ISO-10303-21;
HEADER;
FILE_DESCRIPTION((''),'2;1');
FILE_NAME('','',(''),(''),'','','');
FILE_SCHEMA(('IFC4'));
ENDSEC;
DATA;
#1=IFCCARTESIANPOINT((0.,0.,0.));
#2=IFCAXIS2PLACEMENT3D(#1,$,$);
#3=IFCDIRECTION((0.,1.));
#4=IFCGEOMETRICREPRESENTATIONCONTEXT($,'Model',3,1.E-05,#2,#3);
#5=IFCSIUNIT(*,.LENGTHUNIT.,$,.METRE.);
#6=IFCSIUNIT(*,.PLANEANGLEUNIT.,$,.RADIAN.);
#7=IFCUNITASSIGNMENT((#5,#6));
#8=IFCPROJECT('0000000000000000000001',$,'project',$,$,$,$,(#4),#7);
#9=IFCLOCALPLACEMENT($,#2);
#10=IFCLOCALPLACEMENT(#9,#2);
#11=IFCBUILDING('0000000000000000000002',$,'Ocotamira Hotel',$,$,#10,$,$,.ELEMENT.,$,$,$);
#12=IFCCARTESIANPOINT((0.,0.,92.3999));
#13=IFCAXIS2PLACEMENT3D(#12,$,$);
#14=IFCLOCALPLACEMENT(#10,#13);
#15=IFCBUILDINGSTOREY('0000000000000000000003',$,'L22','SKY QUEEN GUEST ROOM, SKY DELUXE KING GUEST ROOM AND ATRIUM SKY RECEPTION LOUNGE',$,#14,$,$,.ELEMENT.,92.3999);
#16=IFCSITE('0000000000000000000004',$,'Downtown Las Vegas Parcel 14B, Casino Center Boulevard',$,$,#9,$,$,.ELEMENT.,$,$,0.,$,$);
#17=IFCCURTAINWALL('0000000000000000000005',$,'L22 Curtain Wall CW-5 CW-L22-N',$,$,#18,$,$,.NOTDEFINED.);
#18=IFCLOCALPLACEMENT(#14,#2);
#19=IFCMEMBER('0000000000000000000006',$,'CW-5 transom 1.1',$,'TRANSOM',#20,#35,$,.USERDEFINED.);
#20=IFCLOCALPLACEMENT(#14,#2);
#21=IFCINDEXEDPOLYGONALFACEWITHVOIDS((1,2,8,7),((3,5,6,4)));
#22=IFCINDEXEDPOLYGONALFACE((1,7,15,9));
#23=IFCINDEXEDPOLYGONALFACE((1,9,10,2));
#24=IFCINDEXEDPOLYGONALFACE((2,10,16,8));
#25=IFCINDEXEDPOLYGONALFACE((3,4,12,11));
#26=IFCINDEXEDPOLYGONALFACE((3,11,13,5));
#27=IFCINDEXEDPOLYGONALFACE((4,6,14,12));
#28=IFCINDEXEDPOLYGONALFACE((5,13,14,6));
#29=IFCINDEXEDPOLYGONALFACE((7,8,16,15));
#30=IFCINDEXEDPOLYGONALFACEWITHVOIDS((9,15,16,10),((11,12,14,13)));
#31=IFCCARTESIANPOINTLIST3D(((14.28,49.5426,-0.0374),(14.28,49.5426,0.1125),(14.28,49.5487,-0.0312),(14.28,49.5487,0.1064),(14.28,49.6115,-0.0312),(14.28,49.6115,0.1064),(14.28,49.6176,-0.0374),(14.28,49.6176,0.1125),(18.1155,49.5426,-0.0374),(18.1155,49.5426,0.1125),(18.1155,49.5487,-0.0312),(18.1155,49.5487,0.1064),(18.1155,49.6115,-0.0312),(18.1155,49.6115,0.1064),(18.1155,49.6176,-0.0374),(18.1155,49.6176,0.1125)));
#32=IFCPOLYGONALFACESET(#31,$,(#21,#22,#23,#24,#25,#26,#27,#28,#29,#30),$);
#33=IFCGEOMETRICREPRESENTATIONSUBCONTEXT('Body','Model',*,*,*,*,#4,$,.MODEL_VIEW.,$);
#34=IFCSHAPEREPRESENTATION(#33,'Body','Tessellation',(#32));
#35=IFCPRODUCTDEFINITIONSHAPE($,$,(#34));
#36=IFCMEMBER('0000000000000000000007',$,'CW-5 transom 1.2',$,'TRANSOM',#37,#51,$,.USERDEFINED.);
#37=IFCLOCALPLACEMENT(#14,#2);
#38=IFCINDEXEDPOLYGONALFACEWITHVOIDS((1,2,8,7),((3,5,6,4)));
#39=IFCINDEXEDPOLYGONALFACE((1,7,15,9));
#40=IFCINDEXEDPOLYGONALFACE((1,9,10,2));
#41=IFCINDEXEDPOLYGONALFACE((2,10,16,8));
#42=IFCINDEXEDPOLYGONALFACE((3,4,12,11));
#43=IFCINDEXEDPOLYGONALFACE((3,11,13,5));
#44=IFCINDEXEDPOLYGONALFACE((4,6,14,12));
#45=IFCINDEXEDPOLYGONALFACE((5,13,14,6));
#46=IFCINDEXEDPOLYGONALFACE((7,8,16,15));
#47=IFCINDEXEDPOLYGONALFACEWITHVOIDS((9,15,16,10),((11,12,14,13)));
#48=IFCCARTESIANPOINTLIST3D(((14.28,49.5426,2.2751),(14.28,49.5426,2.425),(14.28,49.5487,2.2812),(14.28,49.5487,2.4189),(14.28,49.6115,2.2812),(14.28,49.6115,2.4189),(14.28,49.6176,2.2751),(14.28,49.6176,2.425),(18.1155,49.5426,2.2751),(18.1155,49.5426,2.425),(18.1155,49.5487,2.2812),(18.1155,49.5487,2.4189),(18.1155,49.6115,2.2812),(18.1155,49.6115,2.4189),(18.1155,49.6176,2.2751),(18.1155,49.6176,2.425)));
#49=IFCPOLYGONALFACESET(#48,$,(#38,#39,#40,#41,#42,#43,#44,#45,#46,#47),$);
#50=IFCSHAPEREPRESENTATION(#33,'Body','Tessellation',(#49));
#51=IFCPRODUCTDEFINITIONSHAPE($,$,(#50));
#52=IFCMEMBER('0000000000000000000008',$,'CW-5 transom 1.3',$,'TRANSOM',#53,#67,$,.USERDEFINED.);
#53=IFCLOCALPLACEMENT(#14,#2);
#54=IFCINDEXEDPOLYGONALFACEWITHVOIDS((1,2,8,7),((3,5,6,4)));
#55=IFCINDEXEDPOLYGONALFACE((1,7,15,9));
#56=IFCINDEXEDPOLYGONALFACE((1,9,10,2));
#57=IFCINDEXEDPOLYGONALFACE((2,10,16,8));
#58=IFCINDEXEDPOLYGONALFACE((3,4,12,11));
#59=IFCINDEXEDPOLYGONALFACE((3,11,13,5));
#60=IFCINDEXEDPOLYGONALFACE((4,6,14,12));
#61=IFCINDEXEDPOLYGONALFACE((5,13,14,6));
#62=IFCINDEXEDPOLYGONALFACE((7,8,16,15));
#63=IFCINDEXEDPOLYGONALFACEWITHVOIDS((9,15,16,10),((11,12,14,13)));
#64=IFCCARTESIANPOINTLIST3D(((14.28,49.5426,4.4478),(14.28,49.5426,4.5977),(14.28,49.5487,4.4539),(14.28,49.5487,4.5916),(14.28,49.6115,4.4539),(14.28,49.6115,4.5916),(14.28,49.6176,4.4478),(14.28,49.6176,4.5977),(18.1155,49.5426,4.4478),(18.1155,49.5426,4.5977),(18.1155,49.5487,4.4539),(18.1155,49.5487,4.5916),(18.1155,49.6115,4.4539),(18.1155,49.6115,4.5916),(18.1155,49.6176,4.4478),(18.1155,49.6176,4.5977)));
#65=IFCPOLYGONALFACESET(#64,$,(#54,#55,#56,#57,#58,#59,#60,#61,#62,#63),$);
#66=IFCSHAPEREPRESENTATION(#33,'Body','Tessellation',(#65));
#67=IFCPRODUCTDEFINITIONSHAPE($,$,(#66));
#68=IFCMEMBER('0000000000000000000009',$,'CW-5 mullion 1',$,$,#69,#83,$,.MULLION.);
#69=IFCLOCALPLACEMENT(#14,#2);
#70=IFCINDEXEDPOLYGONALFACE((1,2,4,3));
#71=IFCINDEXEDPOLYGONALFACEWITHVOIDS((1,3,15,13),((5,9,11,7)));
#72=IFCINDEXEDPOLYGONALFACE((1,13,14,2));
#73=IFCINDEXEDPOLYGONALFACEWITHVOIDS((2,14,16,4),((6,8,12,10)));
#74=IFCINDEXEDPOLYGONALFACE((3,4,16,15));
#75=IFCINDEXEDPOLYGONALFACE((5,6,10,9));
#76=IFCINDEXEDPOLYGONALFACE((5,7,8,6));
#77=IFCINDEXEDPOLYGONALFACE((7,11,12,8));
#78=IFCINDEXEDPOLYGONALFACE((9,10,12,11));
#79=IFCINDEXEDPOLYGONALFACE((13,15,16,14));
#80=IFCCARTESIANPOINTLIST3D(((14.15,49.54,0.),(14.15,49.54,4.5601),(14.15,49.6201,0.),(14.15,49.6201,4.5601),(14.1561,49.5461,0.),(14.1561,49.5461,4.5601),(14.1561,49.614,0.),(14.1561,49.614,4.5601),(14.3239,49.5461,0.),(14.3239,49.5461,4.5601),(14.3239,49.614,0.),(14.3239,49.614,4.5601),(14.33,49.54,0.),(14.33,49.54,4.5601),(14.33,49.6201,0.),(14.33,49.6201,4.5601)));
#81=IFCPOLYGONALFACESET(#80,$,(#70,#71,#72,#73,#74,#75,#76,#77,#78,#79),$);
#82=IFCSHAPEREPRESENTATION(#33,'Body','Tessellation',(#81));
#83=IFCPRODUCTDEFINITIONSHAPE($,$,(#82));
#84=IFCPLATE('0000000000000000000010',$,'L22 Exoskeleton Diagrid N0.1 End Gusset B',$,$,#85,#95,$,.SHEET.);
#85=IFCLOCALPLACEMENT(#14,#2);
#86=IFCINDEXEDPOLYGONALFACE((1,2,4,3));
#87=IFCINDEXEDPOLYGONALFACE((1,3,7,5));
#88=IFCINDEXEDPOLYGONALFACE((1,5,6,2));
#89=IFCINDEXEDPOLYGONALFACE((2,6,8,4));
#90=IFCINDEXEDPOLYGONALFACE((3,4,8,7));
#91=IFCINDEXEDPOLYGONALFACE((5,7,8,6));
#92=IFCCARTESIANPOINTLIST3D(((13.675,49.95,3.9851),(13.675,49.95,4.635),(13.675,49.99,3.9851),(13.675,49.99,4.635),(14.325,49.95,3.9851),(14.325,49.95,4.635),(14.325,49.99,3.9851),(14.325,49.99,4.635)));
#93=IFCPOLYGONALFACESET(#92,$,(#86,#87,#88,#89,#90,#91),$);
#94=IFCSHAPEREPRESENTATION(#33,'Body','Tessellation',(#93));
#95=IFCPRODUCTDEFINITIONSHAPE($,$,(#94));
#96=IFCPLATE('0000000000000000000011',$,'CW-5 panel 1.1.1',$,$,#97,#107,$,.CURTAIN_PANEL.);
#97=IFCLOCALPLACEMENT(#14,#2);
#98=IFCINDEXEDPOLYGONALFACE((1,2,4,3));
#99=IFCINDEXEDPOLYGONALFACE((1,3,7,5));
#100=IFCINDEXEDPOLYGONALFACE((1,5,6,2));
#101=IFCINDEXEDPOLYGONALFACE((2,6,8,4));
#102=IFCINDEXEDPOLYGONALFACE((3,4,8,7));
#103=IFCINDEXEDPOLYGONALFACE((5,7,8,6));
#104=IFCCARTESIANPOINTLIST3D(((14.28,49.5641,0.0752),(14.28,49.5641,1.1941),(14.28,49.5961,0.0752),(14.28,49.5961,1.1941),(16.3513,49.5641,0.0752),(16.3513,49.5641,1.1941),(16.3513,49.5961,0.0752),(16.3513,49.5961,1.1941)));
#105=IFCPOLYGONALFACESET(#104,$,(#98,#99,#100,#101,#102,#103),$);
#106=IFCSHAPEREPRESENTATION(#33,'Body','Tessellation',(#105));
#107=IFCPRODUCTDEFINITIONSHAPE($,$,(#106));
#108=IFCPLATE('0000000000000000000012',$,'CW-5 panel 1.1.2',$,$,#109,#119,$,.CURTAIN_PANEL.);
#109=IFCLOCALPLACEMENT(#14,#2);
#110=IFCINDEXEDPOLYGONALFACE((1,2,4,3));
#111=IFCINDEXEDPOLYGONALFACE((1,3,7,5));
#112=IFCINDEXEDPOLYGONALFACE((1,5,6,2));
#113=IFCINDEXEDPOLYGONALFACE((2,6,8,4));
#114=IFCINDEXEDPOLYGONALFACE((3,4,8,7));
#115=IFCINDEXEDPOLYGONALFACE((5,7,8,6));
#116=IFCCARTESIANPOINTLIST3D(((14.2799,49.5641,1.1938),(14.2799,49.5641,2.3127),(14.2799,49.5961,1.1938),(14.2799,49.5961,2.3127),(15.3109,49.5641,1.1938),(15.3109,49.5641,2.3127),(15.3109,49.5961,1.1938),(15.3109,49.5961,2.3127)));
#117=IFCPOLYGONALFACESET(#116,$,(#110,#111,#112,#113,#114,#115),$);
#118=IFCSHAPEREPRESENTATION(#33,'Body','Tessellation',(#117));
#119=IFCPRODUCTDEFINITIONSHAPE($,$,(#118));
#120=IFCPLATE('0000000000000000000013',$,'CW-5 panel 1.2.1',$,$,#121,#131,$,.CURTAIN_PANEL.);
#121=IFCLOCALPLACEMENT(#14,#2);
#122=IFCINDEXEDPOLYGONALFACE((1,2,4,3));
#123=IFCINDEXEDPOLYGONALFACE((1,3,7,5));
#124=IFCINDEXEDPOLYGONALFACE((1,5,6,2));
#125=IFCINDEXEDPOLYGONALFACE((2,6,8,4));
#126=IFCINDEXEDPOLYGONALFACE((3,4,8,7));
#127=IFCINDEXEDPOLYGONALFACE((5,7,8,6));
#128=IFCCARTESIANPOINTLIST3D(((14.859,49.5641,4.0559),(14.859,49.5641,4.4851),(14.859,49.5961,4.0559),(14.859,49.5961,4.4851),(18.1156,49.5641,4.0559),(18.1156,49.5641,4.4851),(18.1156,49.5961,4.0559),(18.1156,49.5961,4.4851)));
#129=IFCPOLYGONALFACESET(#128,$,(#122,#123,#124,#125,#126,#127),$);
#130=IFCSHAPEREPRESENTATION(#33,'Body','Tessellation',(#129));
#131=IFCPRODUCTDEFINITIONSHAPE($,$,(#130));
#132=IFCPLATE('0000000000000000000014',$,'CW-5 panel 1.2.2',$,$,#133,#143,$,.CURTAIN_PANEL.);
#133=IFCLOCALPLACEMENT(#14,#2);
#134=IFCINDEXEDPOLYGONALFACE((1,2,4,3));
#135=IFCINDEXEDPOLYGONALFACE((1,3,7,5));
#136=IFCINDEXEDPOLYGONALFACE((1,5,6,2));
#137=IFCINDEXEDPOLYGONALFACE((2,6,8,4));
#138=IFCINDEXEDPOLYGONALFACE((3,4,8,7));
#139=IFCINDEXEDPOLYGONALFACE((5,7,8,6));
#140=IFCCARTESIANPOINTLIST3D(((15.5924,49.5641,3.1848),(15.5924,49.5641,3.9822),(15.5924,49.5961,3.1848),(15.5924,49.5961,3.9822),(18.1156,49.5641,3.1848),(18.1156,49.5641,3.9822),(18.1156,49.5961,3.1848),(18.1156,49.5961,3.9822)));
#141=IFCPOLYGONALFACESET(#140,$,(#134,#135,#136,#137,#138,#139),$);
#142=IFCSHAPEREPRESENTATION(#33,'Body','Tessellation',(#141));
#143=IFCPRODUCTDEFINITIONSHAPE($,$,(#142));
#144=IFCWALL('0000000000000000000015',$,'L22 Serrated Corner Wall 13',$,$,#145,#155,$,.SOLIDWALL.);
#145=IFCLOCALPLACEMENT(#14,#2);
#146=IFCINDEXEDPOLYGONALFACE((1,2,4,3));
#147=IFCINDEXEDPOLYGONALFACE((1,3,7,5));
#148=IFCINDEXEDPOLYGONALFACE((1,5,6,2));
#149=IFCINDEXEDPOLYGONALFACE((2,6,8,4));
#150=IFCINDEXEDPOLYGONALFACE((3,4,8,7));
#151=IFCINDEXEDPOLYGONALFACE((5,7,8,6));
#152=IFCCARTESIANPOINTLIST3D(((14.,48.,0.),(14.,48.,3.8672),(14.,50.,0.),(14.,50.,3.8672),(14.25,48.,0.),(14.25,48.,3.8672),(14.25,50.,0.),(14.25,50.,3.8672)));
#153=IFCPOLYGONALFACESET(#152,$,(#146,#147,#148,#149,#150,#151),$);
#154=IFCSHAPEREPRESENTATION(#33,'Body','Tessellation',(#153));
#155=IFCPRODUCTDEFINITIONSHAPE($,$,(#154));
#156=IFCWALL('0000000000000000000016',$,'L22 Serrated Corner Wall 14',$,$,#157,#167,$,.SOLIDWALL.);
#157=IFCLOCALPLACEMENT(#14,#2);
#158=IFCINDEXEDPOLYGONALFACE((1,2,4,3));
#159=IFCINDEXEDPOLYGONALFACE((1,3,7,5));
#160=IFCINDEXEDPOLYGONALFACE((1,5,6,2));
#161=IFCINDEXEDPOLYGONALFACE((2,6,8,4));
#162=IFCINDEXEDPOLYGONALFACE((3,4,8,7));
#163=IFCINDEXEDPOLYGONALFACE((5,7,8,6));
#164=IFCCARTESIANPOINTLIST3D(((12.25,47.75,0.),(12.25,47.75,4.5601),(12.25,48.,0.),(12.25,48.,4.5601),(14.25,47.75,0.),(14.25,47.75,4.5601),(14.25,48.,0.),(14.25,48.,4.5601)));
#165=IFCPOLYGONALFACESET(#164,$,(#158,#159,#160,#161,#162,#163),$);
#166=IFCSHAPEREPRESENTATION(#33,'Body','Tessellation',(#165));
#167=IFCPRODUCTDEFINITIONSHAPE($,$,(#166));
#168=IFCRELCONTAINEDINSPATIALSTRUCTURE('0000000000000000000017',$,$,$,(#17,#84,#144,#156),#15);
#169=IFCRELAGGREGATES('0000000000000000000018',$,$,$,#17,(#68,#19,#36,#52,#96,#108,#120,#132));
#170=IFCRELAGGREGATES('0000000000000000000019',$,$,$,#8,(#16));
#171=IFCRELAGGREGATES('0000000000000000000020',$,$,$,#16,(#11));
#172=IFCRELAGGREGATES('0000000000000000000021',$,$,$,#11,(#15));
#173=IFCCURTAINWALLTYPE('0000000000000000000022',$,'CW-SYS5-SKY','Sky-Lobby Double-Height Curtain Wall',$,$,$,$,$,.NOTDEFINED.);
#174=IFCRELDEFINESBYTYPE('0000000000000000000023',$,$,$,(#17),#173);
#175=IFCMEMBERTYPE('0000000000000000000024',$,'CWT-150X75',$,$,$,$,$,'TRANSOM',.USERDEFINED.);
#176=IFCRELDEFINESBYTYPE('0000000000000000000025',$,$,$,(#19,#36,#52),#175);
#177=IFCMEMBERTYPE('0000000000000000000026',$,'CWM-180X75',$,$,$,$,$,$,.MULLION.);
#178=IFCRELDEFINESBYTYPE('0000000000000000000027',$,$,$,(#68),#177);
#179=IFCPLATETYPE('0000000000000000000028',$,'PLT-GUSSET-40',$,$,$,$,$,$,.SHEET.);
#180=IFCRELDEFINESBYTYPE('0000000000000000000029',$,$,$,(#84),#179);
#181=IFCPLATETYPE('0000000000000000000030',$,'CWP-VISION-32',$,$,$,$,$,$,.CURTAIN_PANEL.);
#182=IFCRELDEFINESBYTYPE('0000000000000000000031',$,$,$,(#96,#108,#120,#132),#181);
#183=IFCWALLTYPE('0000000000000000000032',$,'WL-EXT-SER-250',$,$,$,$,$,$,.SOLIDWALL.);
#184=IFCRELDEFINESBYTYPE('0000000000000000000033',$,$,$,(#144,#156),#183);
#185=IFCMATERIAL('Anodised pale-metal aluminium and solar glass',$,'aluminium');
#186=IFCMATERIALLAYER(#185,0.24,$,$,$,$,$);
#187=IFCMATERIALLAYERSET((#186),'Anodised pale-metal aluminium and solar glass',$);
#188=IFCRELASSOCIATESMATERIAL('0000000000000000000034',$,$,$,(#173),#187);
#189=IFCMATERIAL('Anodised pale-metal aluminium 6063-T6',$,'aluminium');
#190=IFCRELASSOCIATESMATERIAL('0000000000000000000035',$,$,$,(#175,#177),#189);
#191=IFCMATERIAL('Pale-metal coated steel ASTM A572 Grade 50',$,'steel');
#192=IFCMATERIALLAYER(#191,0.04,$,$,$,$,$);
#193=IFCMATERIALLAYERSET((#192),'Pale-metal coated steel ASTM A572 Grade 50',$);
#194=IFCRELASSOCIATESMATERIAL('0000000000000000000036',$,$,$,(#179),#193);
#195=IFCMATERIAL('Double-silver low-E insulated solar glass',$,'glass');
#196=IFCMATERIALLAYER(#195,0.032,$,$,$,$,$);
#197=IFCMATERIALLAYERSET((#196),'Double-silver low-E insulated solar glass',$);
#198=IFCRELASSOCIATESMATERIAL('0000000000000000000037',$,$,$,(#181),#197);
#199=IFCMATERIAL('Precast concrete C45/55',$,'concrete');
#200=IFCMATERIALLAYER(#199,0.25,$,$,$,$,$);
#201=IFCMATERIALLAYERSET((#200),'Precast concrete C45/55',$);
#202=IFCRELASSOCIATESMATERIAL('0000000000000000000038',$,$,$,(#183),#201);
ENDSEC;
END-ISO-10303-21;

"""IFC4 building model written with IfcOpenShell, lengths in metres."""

from ifc_helpers import new_model, si_unit, direction, frame, frame_2d, origin, origin_2d, place, context, subcontext, project, spatial, rectangle, hollow_rectangle, extrude, source, transform, mapped, material, layer, layer_set, material_profile, profile_set, type_object, element, aggregate, save


model = new_model("IFC4")

# Units and contexts
model_context = context("Model", 3, precision=1e-05, world=origin(), true_north=direction((0.0, 1.0)))
body_context = subcontext(model_context, "Body", "Model", "MODEL_VIEW")
ifc_project = project(units=[si_unit("LENGTHUNIT", "METRE"), si_unit("PLANEANGLEUNIT", "RADIAN")], contexts=[model_context])

# Site, building, storey
site_placement = place(None, origin())
site = spatial("IfcSite", under=ifc_project, at=site_placement, Name="Downtown Las Vegas Parcel 14B, Casino Center Boulevard", CompositionType="ELEMENT", RefElevation=0.0)
building_placement = place(site_placement, origin())
building = spatial("IfcBuilding", under=site, at=building_placement, Name="Ocotamira Hotel", CompositionType="ELEMENT")
storey_placement = place(building_placement, frame((0.0, 0.0, 92.3999)))
storey = spatial("IfcBuildingStorey", under=building, at=storey_placement, Name="L22", Description="SKY QUEEN GUEST ROOM, SKY DELUXE KING GUEST ROOM AND ATRIUM SKY RECEPTION LOUNGE", CompositionType="ELEMENT", Elevation=92.3999)

# Curtain wall, members
ifc_material_1 = material(Name="Anodised pale-metal aluminium and solar glass", Category="aluminium")
ifc_layer_1 = layer(ifc_material_1, 0.24)
ifc_layer_set_1 = layer_set([ifc_layer_1], Name="Anodised pale-metal aluminium and solar glass")
curtain_wall_type = type_object("IfcCurtainWallType", Name="CW-SYS5-SKY", Description="Sky-Lobby Double-Height Curtain Wall", PredefinedType="NOTDEFINED", material=ifc_layer_set_1)
curtain_wall_placement = place(storey_placement, origin())
curtain_wall = element("IfcCurtainWall", 1, at=curtain_wall_placement, inside=storey, type_object=curtain_wall_type, Name="L22 Curtain Wall CW-5 CW-L22-N", PredefinedType="NOTDEFINED")
ifc_material_2 = material(Name="Anodised pale-metal aluminium 6063-T6", Category="aluminium")
ifc_material_profile_1 = material_profile(ifc_material_2, hollow_rectangle(XDim=0.075, YDim=0.1499, WallThickness=0.0061, at=origin_2d()), Name="HSS150X75X6")
ifc_profile_set_1 = profile_set([ifc_material_profile_1], Name="Anodised pale-metal aluminium 6063-T6")
member_type_1 = type_object("IfcMemberType", Name="CWT-150X75", ElementType="TRANSOM", PredefinedType="USERDEFINED", material=ifc_profile_set_1)
shared_shape_1 = source(origin(), body_context, "Body", "SweptSolid", [
    extrude(hollow_rectangle(XDim=0.075, YDim=0.1499, WallThickness=0.0061, at=origin_2d()), origin(), (0.0, 0.0, 1.0), 3.8354),
])
member_1_placement = place(storey_placement, frame((14.28, 49.5801, 0.0376), z_axis=(1.0, 0.0, 0.0), x_axis=(0.0, 1.0, 0.0)))
member_1 = element("IfcMember", 2, at=member_1_placement, type_object=member_type_1, Name="CW-5 transom 1.1", ObjectType="TRANSOM", PredefinedType="USERDEFINED", context=body_context, shape_type="MappedRepresentation", body=[
    mapped(shared_shape_1, transform((0.0, 0.0, 0.0), scale=1.0)),
])
member_2_placement = place(storey_placement, frame((14.28, 49.5801, 2.3501), z_axis=(1.0, 0.0, 0.0), x_axis=(0.0, 1.0, 0.0)))
member_2 = element("IfcMember", 3, at=member_2_placement, type_object=member_type_1, Name="CW-5 transom 1.2", ObjectType="TRANSOM", PredefinedType="USERDEFINED", context=body_context, shape_type="MappedRepresentation", body=[
    mapped(shared_shape_1, transform((0.0, 0.0, 0.0), scale=1.0)),
])
member_3_placement = place(storey_placement, frame((14.28, 49.5801, 4.5227), z_axis=(1.0, 0.0, 0.0), x_axis=(0.0, 1.0, 0.0)))
member_3 = element("IfcMember", 4, at=member_3_placement, type_object=member_type_1, Name="CW-5 transom 1.3", ObjectType="TRANSOM", PredefinedType="USERDEFINED", context=body_context, shape_type="MappedRepresentation", body=[
    mapped(shared_shape_1, transform((0.0, 0.0, 0.0), scale=1.0)),
])
ifc_material_profile_2 = material_profile(ifc_material_2, hollow_rectangle(XDim=0.0801, YDim=0.1799, WallThickness=0.0061, at=origin_2d()), Name="HSS180X80X6")
ifc_profile_set_2 = profile_set([ifc_material_profile_2], Name="Anodised pale-metal aluminium 6063-T6")
member_type_2 = type_object("IfcMemberType", Name="CWM-180X75", PredefinedType="MULLION", material=ifc_profile_set_2)
shared_shape_2 = source(origin(), body_context, "Body", "SweptSolid", [
    extrude(hollow_rectangle(XDim=0.0801, YDim=0.1799, WallThickness=0.0061, at=origin_2d()), origin(), (0.0, 0.0, 1.0), 4.5601),
])
member_4_placement = place(storey_placement, frame((14.24, 49.5801, 0.0), z_axis=(0.0, 0.0, 1.0), x_axis=(0.0, 1.0, 0.0)))
member_4 = element("IfcMember", 5, at=member_4_placement, type_object=member_type_2, Name="CW-5 mullion 1", PredefinedType="MULLION", context=body_context, shape_type="MappedRepresentation", body=[
    mapped(shared_shape_2, transform((0.0, 0.0, 0.0), scale=1.0)),
])

# Plates
ifc_material_3 = material(Name="Pale-metal coated steel ASTM A572 Grade 50", Category="steel")
ifc_layer_2 = layer(ifc_material_3, 0.04)
ifc_layer_set_2 = layer_set([ifc_layer_2], Name="Pale-metal coated steel ASTM A572 Grade 50")
plate_type_1 = type_object("IfcPlateType", Name="PLT-GUSSET-40", PredefinedType="SHEET", material=ifc_layer_set_2)
shared_shape_3 = source(origin(), body_context, "Body", "SweptSolid", [
    extrude(rectangle(XDim=0.6499, YDim=0.04, at=origin_2d()), origin(), (0.0, 0.0, 1.0), 0.6499),
])
plate_1_placement = place(storey_placement, frame((14.0, 49.97, 3.9851), z_axis=(0.0, 0.0, 1.0), x_axis=(-1.0, 0.0, 0.0)))
element("IfcPlate", 6, at=plate_1_placement, inside=storey, type_object=plate_type_1, Name="L22 Exoskeleton Diagrid N0.1 End Gusset B", PredefinedType="SHEET", context=body_context, shape_type="MappedRepresentation", body=[
    mapped(shared_shape_3, transform((0.0, 0.0, 0.0), scale=1.0)),
])
ifc_material_4 = material(Name="Double-silver low-E insulated solar glass", Category="glass")
ifc_layer_3 = layer(ifc_material_4, 0.032)
ifc_layer_set_3 = layer_set([ifc_layer_3], Name="Double-silver low-E insulated solar glass")
plate_type_2 = type_object("IfcPlateType", Name="CWP-VISION-32", PredefinedType="CURTAIN_PANEL", material=ifc_layer_set_3)
shared_shape_4 = source(origin(), body_context, "Body", "SweptSolid", [
    extrude(rectangle(XDim=2.0713, YDim=0.032, at=origin_2d()), origin(), (0.0, 0.0, 1.0), 1.1189),
])
plate_2_placement = place(storey_placement, frame((15.3157, 49.5801, 0.0752), z_axis=(0.0, 0.0, 1.0), x_axis=(1.0, 0.0, 0.0)))
plate_2 = element("IfcPlate", 7, at=plate_2_placement, type_object=plate_type_2, Name="CW-5 panel 1.1.1", PredefinedType="CURTAIN_PANEL", context=body_context, shape_type="MappedRepresentation", body=[
    mapped(shared_shape_4, transform((0.0, 0.0, 0.0), scale=1.0)),
])
shared_shape_5 = source(origin(), body_context, "Body", "SweptSolid", [
    extrude(rectangle(XDim=1.031, YDim=0.032, at=origin_2d()), origin(), (0.0, 0.0, 1.0), 1.1189),
])
plate_3_placement = place(storey_placement, frame((14.7954, 49.5801, 1.1938), z_axis=(0.0, 0.0, 1.0), x_axis=(1.0, 0.0, 0.0)))
plate_3 = element("IfcPlate", 8, at=plate_3_placement, type_object=plate_type_2, Name="CW-5 panel 1.1.2", PredefinedType="CURTAIN_PANEL", context=body_context, shape_type="MappedRepresentation", body=[
    mapped(shared_shape_5, transform((0.0, 0.0, 0.0), scale=1.0)),
])
shared_shape_6 = source(origin(), body_context, "Body", "SweptSolid", [
    extrude(rectangle(XDim=3.2566, YDim=0.032, at=origin_2d()), origin(), (0.0, 0.0, 1.0), 0.4292),
])
plate_4_placement = place(storey_placement, frame((16.4873, 49.5801, 4.0559), z_axis=(0.0, 0.0, 1.0), x_axis=(1.0, 0.0, 0.0)))
plate_4 = element("IfcPlate", 9, at=plate_4_placement, type_object=plate_type_2, Name="CW-5 panel 1.2.1", PredefinedType="CURTAIN_PANEL", context=body_context, shape_type="MappedRepresentation", body=[
    mapped(shared_shape_6, transform((0.0, 0.0, 0.0), scale=1.0)),
])
shared_shape_7 = source(origin(), body_context, "Body", "SweptSolid", [
    extrude(rectangle(XDim=2.5232, YDim=0.032, at=origin_2d()), origin(), (0.0, 0.0, 1.0), 0.7974),
])
plate_5_placement = place(storey_placement, frame((16.854, 49.5801, 3.1848), z_axis=(0.0, 0.0, 1.0), x_axis=(1.0, 0.0, 0.0)))
plate_5 = element("IfcPlate", 10, at=plate_5_placement, type_object=plate_type_2, Name="CW-5 panel 1.2.2", PredefinedType="CURTAIN_PANEL", context=body_context, shape_type="MappedRepresentation", body=[
    mapped(shared_shape_7, transform((0.0, 0.0, 0.0), scale=1.0)),
])
aggregate(curtain_wall, [member_4, member_1, member_2, member_3, plate_2, plate_3, plate_4, plate_5])

# Walls
ifc_material_5 = material(Name="Precast concrete C45/55", Category="concrete")
ifc_layer_4 = layer(ifc_material_5, 0.25)
ifc_layer_set_4 = layer_set([ifc_layer_4], Name="Precast concrete C45/55")
wall_type = type_object("IfcWallType", Name="WL-EXT-SER-250", PredefinedType="SOLIDWALL", material=ifc_layer_set_4)
wall_1_placement = place(storey_placement, frame((14.125, 50.0, 0.0), z_axis=(0.0, 0.0, 1.0), x_axis=(0.0, -1.0, 0.0)))
element("IfcWall", 11, at=wall_1_placement, inside=storey, type_object=wall_type, Name="L22 Serrated Corner Wall 13", PredefinedType="SOLIDWALL", context=body_context, shape_type="SweptSolid", body=[
    extrude(rectangle(XDim=2.0, YDim=0.25, at=frame_2d((1.0, 0.0))), origin(), (0.0, 0.0, 1.0), 3.8672),
])
wall_2_placement = place(storey_placement, frame((14.25, 47.875, 0.0), z_axis=(0.0, 0.0, 1.0), x_axis=(-1.0, 0.0, 0.0)))
element("IfcWall", 12, at=wall_2_placement, inside=storey, type_object=wall_type, Name="L22 Serrated Corner Wall 14", PredefinedType="SOLIDWALL", context=body_context, shape_type="SweptSolid", body=[
    extrude(rectangle(XDim=2.0, YDim=0.25, at=frame_2d((1.0, 0.0))), origin(), (0.0, 0.0, 1.0), 4.5601),
])

save(model, "model.ifc")
